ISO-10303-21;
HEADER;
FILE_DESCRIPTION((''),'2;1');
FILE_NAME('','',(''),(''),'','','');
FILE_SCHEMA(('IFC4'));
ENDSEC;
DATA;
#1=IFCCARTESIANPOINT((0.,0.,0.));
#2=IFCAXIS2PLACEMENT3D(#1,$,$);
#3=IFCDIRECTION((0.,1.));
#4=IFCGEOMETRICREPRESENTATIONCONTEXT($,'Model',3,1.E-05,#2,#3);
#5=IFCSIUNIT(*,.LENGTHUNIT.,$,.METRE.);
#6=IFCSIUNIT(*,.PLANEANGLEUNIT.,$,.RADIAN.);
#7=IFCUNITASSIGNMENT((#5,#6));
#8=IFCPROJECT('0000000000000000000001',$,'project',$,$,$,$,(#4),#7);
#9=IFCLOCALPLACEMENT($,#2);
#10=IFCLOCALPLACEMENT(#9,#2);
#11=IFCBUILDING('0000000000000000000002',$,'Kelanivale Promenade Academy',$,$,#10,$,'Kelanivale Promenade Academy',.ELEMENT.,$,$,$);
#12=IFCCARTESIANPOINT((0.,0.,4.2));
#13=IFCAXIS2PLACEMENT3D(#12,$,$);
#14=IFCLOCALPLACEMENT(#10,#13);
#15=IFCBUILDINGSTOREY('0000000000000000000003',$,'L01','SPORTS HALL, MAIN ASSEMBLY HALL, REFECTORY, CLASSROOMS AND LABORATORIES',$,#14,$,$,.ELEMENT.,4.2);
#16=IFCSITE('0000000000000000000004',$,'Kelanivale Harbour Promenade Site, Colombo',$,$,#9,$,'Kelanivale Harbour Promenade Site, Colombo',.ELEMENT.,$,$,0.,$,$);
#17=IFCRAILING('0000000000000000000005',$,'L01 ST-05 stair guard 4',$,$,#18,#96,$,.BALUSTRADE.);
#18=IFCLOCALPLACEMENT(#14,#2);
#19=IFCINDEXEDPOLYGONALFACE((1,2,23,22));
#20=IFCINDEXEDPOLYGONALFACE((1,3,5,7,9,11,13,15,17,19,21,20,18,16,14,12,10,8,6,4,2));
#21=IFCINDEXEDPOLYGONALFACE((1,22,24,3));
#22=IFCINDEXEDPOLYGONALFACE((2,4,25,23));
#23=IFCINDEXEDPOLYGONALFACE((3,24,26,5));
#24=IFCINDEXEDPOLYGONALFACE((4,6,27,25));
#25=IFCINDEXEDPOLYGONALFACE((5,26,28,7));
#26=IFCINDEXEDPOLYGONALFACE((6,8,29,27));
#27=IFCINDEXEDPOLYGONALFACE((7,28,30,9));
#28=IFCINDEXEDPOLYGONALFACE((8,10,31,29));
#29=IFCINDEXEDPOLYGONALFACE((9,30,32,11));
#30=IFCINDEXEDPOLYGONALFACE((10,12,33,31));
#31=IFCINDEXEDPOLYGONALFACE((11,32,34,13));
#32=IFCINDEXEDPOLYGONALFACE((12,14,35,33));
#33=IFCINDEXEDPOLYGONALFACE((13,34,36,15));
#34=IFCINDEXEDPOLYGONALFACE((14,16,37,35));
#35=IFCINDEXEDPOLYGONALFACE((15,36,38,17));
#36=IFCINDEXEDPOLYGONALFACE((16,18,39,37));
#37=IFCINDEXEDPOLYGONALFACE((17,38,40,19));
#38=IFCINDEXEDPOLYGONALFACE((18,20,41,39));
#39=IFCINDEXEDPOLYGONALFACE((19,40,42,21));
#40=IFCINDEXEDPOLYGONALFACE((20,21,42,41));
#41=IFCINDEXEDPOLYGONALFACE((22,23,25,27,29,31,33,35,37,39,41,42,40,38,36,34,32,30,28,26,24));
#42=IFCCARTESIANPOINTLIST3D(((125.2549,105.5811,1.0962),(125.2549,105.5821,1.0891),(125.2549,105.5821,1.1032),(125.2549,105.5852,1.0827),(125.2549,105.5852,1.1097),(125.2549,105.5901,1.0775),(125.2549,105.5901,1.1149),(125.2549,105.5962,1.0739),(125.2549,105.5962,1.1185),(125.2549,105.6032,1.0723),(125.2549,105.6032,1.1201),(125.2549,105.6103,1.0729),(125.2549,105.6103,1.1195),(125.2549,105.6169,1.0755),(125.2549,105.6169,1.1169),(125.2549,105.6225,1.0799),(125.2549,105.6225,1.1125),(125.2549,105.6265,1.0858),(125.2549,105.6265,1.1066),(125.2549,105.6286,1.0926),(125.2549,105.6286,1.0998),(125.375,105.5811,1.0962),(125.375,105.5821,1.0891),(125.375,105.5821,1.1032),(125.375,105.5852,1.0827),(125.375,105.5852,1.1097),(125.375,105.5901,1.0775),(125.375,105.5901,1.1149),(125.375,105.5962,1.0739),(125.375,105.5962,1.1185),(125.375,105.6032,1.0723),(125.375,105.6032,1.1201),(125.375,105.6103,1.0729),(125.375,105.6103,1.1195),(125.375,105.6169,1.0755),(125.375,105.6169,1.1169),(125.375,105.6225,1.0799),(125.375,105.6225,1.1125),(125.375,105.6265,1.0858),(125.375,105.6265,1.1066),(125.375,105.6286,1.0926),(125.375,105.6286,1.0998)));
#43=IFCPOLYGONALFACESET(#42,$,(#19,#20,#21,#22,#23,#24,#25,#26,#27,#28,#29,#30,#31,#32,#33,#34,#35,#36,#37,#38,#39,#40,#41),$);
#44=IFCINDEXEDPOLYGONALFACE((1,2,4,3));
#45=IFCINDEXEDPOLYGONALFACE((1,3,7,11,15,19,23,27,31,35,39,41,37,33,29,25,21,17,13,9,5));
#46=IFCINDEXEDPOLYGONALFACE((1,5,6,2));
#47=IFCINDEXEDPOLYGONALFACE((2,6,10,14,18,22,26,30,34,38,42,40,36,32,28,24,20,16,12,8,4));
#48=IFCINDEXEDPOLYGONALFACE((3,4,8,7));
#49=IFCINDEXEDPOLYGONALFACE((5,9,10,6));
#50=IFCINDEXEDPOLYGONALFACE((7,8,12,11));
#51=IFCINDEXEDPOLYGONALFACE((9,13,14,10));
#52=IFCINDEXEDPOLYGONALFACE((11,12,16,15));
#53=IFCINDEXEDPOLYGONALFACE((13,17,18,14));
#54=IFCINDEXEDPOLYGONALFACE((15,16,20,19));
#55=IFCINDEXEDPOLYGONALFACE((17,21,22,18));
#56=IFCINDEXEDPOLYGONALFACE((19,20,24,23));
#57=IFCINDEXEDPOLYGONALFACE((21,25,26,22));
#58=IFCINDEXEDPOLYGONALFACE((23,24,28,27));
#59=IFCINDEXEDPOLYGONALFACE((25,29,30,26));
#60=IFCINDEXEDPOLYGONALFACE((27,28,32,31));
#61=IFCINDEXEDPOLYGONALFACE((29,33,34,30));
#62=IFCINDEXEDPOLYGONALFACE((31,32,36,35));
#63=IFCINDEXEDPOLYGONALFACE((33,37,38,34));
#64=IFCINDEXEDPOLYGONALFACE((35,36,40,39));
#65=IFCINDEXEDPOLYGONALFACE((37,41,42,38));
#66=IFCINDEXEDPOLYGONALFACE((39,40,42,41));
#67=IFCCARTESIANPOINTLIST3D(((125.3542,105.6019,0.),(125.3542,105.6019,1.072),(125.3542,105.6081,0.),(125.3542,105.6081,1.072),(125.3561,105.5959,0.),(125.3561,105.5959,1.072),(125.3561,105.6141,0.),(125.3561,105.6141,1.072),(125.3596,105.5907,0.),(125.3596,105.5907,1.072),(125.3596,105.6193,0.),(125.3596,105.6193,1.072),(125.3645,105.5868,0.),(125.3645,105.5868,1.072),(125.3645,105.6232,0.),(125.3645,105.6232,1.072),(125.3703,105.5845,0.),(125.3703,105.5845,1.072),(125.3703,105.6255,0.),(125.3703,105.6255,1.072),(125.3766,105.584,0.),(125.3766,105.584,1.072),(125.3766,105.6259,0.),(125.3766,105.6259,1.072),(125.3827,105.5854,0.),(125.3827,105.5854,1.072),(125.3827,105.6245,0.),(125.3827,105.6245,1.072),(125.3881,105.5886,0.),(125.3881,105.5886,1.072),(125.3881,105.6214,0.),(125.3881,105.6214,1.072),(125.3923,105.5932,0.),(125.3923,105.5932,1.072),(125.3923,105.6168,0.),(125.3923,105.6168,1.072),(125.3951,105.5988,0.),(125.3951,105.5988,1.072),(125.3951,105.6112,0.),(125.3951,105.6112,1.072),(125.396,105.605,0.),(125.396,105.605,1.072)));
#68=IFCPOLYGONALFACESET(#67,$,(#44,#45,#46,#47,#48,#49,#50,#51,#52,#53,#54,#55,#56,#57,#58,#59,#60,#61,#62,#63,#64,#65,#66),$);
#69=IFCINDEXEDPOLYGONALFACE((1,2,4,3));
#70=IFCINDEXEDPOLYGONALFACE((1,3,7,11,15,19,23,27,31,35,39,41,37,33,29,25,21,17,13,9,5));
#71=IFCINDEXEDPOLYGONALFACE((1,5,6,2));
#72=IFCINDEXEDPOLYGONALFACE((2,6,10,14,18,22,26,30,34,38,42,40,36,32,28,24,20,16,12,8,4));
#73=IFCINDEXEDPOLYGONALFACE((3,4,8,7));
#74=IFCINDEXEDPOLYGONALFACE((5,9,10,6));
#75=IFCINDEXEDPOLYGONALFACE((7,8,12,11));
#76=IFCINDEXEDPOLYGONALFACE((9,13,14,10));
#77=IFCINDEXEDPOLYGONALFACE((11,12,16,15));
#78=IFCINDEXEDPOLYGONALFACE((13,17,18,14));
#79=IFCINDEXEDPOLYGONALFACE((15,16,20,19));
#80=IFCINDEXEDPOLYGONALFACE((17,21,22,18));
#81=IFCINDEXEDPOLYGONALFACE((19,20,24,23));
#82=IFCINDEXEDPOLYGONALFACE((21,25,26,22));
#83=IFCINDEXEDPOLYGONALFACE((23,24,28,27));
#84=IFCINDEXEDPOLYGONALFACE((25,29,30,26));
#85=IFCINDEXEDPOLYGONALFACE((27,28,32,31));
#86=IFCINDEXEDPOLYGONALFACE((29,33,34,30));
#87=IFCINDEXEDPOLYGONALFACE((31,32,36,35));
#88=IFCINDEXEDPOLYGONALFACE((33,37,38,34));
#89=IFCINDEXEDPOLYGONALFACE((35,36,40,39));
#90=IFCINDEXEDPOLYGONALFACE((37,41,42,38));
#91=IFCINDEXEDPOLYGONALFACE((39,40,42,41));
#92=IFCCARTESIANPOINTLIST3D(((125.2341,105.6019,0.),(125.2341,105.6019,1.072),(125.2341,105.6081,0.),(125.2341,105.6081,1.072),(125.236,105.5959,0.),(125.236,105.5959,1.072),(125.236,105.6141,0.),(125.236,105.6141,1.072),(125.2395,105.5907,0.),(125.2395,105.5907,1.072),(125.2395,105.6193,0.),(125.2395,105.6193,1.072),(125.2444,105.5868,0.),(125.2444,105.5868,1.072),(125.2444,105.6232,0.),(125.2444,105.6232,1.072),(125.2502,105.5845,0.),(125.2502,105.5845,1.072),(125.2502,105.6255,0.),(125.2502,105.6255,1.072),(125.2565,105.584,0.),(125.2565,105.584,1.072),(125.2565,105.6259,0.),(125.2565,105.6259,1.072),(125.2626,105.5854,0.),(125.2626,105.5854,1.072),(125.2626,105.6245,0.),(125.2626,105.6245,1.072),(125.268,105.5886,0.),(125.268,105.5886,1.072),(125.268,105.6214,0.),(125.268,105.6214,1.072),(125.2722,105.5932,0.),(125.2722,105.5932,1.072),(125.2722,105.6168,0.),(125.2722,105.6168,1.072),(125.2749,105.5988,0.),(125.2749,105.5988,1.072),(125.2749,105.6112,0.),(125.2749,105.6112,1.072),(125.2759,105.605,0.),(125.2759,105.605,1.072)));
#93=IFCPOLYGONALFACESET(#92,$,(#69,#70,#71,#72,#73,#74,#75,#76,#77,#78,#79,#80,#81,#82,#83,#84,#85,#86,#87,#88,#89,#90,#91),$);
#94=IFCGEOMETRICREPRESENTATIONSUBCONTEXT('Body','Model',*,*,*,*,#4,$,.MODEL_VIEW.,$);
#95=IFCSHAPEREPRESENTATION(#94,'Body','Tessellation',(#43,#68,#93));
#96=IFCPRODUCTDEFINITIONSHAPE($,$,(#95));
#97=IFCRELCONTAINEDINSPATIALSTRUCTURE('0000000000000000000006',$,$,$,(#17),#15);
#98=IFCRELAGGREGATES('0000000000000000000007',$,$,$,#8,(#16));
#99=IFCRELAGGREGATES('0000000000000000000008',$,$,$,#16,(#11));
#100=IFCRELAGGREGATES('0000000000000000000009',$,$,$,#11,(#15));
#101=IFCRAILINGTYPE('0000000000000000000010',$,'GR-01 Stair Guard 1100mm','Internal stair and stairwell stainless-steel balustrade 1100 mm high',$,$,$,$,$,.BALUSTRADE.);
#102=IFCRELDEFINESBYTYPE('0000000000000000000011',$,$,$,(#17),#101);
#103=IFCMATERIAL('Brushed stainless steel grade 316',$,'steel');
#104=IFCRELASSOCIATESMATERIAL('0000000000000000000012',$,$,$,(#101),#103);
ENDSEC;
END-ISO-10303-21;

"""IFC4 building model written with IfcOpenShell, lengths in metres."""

from ifc_helpers import new_model, si_unit, direction, frame, origin, origin_2d, place, context, subcontext, project, spatial, circle, extrude, material, type_object, element, save


model = new_model("IFC4")

# Units and contexts
model_context = context("Model", 3, precision=1e-05, world=origin(), true_north=direction((0.0, 1.0)))
body_context = subcontext(model_context, "Body", "Model", "MODEL_VIEW")
ifc_project = project(units=[si_unit("LENGTHUNIT", "METRE"), si_unit("PLANEANGLEUNIT", "RADIAN")], contexts=[model_context])

# Site, building, storey
site_placement = place(None, origin())
site = spatial("IfcSite", under=ifc_project, at=site_placement, Name="Kelanivale Harbour Promenade Site, Colombo", LongName="Kelanivale Harbour Promenade Site, Colombo", CompositionType="ELEMENT", RefElevation=0.0)
building_placement = place(site_placement, origin())
building = spatial("IfcBuilding", under=site, at=building_placement, Name="Kelanivale Promenade Academy", LongName="Kelanivale Promenade Academy", CompositionType="ELEMENT")
storey_placement = place(building_placement, frame((0.0, 0.0, 4.2)))
storey = spatial("IfcBuildingStorey", under=building, at=storey_placement, Name="L01", Description="SPORTS HALL, MAIN ASSEMBLY HALL, REFECTORY, CLASSROOMS AND LABORATORIES", CompositionType="ELEMENT", Elevation=4.2)

# Railing
ifc_material_1 = material(Name="Brushed stainless steel grade 316", Category="steel")
railing_type_1 = type_object("IfcRailingType", Name="GR-01 Stair Guard 1100mm", Description="Internal stair and stairwell stainless-steel balustrade 1100 mm high", PredefinedType="BALUSTRADE", material=ifc_material_1)
railing_1_placement = place(storey_placement, frame((125.375, 105.605, 0.0)))
element("IfcRailing", 1, at=railing_1_placement, inside=storey, type_object=railing_type_1, Name="L01 ST-05 stair guard 4", PredefinedType="BALUSTRADE", context=body_context, shape_type="SweptSolid", body=[
    extrude(circle(Radius=0.0239, at=origin_2d()), frame((0.0, 0.0, 1.0962), z_axis=(-1.0, 0.0, 0.0), x_axis=(0.0, -1.0, 0.0)), (0.0, 0.0, 1.0), 0.1201),
    extrude(circle(Radius=0.021, at=origin_2d()), origin(), (0.0, 0.0, 1.0), 1.072),
    extrude(circle(Radius=0.021, at=origin_2d()), frame((-0.1201, 0.0, 0.0)), (0.0, 0.0, 1.0), 1.072),
])

save(model, "model.ifc")
